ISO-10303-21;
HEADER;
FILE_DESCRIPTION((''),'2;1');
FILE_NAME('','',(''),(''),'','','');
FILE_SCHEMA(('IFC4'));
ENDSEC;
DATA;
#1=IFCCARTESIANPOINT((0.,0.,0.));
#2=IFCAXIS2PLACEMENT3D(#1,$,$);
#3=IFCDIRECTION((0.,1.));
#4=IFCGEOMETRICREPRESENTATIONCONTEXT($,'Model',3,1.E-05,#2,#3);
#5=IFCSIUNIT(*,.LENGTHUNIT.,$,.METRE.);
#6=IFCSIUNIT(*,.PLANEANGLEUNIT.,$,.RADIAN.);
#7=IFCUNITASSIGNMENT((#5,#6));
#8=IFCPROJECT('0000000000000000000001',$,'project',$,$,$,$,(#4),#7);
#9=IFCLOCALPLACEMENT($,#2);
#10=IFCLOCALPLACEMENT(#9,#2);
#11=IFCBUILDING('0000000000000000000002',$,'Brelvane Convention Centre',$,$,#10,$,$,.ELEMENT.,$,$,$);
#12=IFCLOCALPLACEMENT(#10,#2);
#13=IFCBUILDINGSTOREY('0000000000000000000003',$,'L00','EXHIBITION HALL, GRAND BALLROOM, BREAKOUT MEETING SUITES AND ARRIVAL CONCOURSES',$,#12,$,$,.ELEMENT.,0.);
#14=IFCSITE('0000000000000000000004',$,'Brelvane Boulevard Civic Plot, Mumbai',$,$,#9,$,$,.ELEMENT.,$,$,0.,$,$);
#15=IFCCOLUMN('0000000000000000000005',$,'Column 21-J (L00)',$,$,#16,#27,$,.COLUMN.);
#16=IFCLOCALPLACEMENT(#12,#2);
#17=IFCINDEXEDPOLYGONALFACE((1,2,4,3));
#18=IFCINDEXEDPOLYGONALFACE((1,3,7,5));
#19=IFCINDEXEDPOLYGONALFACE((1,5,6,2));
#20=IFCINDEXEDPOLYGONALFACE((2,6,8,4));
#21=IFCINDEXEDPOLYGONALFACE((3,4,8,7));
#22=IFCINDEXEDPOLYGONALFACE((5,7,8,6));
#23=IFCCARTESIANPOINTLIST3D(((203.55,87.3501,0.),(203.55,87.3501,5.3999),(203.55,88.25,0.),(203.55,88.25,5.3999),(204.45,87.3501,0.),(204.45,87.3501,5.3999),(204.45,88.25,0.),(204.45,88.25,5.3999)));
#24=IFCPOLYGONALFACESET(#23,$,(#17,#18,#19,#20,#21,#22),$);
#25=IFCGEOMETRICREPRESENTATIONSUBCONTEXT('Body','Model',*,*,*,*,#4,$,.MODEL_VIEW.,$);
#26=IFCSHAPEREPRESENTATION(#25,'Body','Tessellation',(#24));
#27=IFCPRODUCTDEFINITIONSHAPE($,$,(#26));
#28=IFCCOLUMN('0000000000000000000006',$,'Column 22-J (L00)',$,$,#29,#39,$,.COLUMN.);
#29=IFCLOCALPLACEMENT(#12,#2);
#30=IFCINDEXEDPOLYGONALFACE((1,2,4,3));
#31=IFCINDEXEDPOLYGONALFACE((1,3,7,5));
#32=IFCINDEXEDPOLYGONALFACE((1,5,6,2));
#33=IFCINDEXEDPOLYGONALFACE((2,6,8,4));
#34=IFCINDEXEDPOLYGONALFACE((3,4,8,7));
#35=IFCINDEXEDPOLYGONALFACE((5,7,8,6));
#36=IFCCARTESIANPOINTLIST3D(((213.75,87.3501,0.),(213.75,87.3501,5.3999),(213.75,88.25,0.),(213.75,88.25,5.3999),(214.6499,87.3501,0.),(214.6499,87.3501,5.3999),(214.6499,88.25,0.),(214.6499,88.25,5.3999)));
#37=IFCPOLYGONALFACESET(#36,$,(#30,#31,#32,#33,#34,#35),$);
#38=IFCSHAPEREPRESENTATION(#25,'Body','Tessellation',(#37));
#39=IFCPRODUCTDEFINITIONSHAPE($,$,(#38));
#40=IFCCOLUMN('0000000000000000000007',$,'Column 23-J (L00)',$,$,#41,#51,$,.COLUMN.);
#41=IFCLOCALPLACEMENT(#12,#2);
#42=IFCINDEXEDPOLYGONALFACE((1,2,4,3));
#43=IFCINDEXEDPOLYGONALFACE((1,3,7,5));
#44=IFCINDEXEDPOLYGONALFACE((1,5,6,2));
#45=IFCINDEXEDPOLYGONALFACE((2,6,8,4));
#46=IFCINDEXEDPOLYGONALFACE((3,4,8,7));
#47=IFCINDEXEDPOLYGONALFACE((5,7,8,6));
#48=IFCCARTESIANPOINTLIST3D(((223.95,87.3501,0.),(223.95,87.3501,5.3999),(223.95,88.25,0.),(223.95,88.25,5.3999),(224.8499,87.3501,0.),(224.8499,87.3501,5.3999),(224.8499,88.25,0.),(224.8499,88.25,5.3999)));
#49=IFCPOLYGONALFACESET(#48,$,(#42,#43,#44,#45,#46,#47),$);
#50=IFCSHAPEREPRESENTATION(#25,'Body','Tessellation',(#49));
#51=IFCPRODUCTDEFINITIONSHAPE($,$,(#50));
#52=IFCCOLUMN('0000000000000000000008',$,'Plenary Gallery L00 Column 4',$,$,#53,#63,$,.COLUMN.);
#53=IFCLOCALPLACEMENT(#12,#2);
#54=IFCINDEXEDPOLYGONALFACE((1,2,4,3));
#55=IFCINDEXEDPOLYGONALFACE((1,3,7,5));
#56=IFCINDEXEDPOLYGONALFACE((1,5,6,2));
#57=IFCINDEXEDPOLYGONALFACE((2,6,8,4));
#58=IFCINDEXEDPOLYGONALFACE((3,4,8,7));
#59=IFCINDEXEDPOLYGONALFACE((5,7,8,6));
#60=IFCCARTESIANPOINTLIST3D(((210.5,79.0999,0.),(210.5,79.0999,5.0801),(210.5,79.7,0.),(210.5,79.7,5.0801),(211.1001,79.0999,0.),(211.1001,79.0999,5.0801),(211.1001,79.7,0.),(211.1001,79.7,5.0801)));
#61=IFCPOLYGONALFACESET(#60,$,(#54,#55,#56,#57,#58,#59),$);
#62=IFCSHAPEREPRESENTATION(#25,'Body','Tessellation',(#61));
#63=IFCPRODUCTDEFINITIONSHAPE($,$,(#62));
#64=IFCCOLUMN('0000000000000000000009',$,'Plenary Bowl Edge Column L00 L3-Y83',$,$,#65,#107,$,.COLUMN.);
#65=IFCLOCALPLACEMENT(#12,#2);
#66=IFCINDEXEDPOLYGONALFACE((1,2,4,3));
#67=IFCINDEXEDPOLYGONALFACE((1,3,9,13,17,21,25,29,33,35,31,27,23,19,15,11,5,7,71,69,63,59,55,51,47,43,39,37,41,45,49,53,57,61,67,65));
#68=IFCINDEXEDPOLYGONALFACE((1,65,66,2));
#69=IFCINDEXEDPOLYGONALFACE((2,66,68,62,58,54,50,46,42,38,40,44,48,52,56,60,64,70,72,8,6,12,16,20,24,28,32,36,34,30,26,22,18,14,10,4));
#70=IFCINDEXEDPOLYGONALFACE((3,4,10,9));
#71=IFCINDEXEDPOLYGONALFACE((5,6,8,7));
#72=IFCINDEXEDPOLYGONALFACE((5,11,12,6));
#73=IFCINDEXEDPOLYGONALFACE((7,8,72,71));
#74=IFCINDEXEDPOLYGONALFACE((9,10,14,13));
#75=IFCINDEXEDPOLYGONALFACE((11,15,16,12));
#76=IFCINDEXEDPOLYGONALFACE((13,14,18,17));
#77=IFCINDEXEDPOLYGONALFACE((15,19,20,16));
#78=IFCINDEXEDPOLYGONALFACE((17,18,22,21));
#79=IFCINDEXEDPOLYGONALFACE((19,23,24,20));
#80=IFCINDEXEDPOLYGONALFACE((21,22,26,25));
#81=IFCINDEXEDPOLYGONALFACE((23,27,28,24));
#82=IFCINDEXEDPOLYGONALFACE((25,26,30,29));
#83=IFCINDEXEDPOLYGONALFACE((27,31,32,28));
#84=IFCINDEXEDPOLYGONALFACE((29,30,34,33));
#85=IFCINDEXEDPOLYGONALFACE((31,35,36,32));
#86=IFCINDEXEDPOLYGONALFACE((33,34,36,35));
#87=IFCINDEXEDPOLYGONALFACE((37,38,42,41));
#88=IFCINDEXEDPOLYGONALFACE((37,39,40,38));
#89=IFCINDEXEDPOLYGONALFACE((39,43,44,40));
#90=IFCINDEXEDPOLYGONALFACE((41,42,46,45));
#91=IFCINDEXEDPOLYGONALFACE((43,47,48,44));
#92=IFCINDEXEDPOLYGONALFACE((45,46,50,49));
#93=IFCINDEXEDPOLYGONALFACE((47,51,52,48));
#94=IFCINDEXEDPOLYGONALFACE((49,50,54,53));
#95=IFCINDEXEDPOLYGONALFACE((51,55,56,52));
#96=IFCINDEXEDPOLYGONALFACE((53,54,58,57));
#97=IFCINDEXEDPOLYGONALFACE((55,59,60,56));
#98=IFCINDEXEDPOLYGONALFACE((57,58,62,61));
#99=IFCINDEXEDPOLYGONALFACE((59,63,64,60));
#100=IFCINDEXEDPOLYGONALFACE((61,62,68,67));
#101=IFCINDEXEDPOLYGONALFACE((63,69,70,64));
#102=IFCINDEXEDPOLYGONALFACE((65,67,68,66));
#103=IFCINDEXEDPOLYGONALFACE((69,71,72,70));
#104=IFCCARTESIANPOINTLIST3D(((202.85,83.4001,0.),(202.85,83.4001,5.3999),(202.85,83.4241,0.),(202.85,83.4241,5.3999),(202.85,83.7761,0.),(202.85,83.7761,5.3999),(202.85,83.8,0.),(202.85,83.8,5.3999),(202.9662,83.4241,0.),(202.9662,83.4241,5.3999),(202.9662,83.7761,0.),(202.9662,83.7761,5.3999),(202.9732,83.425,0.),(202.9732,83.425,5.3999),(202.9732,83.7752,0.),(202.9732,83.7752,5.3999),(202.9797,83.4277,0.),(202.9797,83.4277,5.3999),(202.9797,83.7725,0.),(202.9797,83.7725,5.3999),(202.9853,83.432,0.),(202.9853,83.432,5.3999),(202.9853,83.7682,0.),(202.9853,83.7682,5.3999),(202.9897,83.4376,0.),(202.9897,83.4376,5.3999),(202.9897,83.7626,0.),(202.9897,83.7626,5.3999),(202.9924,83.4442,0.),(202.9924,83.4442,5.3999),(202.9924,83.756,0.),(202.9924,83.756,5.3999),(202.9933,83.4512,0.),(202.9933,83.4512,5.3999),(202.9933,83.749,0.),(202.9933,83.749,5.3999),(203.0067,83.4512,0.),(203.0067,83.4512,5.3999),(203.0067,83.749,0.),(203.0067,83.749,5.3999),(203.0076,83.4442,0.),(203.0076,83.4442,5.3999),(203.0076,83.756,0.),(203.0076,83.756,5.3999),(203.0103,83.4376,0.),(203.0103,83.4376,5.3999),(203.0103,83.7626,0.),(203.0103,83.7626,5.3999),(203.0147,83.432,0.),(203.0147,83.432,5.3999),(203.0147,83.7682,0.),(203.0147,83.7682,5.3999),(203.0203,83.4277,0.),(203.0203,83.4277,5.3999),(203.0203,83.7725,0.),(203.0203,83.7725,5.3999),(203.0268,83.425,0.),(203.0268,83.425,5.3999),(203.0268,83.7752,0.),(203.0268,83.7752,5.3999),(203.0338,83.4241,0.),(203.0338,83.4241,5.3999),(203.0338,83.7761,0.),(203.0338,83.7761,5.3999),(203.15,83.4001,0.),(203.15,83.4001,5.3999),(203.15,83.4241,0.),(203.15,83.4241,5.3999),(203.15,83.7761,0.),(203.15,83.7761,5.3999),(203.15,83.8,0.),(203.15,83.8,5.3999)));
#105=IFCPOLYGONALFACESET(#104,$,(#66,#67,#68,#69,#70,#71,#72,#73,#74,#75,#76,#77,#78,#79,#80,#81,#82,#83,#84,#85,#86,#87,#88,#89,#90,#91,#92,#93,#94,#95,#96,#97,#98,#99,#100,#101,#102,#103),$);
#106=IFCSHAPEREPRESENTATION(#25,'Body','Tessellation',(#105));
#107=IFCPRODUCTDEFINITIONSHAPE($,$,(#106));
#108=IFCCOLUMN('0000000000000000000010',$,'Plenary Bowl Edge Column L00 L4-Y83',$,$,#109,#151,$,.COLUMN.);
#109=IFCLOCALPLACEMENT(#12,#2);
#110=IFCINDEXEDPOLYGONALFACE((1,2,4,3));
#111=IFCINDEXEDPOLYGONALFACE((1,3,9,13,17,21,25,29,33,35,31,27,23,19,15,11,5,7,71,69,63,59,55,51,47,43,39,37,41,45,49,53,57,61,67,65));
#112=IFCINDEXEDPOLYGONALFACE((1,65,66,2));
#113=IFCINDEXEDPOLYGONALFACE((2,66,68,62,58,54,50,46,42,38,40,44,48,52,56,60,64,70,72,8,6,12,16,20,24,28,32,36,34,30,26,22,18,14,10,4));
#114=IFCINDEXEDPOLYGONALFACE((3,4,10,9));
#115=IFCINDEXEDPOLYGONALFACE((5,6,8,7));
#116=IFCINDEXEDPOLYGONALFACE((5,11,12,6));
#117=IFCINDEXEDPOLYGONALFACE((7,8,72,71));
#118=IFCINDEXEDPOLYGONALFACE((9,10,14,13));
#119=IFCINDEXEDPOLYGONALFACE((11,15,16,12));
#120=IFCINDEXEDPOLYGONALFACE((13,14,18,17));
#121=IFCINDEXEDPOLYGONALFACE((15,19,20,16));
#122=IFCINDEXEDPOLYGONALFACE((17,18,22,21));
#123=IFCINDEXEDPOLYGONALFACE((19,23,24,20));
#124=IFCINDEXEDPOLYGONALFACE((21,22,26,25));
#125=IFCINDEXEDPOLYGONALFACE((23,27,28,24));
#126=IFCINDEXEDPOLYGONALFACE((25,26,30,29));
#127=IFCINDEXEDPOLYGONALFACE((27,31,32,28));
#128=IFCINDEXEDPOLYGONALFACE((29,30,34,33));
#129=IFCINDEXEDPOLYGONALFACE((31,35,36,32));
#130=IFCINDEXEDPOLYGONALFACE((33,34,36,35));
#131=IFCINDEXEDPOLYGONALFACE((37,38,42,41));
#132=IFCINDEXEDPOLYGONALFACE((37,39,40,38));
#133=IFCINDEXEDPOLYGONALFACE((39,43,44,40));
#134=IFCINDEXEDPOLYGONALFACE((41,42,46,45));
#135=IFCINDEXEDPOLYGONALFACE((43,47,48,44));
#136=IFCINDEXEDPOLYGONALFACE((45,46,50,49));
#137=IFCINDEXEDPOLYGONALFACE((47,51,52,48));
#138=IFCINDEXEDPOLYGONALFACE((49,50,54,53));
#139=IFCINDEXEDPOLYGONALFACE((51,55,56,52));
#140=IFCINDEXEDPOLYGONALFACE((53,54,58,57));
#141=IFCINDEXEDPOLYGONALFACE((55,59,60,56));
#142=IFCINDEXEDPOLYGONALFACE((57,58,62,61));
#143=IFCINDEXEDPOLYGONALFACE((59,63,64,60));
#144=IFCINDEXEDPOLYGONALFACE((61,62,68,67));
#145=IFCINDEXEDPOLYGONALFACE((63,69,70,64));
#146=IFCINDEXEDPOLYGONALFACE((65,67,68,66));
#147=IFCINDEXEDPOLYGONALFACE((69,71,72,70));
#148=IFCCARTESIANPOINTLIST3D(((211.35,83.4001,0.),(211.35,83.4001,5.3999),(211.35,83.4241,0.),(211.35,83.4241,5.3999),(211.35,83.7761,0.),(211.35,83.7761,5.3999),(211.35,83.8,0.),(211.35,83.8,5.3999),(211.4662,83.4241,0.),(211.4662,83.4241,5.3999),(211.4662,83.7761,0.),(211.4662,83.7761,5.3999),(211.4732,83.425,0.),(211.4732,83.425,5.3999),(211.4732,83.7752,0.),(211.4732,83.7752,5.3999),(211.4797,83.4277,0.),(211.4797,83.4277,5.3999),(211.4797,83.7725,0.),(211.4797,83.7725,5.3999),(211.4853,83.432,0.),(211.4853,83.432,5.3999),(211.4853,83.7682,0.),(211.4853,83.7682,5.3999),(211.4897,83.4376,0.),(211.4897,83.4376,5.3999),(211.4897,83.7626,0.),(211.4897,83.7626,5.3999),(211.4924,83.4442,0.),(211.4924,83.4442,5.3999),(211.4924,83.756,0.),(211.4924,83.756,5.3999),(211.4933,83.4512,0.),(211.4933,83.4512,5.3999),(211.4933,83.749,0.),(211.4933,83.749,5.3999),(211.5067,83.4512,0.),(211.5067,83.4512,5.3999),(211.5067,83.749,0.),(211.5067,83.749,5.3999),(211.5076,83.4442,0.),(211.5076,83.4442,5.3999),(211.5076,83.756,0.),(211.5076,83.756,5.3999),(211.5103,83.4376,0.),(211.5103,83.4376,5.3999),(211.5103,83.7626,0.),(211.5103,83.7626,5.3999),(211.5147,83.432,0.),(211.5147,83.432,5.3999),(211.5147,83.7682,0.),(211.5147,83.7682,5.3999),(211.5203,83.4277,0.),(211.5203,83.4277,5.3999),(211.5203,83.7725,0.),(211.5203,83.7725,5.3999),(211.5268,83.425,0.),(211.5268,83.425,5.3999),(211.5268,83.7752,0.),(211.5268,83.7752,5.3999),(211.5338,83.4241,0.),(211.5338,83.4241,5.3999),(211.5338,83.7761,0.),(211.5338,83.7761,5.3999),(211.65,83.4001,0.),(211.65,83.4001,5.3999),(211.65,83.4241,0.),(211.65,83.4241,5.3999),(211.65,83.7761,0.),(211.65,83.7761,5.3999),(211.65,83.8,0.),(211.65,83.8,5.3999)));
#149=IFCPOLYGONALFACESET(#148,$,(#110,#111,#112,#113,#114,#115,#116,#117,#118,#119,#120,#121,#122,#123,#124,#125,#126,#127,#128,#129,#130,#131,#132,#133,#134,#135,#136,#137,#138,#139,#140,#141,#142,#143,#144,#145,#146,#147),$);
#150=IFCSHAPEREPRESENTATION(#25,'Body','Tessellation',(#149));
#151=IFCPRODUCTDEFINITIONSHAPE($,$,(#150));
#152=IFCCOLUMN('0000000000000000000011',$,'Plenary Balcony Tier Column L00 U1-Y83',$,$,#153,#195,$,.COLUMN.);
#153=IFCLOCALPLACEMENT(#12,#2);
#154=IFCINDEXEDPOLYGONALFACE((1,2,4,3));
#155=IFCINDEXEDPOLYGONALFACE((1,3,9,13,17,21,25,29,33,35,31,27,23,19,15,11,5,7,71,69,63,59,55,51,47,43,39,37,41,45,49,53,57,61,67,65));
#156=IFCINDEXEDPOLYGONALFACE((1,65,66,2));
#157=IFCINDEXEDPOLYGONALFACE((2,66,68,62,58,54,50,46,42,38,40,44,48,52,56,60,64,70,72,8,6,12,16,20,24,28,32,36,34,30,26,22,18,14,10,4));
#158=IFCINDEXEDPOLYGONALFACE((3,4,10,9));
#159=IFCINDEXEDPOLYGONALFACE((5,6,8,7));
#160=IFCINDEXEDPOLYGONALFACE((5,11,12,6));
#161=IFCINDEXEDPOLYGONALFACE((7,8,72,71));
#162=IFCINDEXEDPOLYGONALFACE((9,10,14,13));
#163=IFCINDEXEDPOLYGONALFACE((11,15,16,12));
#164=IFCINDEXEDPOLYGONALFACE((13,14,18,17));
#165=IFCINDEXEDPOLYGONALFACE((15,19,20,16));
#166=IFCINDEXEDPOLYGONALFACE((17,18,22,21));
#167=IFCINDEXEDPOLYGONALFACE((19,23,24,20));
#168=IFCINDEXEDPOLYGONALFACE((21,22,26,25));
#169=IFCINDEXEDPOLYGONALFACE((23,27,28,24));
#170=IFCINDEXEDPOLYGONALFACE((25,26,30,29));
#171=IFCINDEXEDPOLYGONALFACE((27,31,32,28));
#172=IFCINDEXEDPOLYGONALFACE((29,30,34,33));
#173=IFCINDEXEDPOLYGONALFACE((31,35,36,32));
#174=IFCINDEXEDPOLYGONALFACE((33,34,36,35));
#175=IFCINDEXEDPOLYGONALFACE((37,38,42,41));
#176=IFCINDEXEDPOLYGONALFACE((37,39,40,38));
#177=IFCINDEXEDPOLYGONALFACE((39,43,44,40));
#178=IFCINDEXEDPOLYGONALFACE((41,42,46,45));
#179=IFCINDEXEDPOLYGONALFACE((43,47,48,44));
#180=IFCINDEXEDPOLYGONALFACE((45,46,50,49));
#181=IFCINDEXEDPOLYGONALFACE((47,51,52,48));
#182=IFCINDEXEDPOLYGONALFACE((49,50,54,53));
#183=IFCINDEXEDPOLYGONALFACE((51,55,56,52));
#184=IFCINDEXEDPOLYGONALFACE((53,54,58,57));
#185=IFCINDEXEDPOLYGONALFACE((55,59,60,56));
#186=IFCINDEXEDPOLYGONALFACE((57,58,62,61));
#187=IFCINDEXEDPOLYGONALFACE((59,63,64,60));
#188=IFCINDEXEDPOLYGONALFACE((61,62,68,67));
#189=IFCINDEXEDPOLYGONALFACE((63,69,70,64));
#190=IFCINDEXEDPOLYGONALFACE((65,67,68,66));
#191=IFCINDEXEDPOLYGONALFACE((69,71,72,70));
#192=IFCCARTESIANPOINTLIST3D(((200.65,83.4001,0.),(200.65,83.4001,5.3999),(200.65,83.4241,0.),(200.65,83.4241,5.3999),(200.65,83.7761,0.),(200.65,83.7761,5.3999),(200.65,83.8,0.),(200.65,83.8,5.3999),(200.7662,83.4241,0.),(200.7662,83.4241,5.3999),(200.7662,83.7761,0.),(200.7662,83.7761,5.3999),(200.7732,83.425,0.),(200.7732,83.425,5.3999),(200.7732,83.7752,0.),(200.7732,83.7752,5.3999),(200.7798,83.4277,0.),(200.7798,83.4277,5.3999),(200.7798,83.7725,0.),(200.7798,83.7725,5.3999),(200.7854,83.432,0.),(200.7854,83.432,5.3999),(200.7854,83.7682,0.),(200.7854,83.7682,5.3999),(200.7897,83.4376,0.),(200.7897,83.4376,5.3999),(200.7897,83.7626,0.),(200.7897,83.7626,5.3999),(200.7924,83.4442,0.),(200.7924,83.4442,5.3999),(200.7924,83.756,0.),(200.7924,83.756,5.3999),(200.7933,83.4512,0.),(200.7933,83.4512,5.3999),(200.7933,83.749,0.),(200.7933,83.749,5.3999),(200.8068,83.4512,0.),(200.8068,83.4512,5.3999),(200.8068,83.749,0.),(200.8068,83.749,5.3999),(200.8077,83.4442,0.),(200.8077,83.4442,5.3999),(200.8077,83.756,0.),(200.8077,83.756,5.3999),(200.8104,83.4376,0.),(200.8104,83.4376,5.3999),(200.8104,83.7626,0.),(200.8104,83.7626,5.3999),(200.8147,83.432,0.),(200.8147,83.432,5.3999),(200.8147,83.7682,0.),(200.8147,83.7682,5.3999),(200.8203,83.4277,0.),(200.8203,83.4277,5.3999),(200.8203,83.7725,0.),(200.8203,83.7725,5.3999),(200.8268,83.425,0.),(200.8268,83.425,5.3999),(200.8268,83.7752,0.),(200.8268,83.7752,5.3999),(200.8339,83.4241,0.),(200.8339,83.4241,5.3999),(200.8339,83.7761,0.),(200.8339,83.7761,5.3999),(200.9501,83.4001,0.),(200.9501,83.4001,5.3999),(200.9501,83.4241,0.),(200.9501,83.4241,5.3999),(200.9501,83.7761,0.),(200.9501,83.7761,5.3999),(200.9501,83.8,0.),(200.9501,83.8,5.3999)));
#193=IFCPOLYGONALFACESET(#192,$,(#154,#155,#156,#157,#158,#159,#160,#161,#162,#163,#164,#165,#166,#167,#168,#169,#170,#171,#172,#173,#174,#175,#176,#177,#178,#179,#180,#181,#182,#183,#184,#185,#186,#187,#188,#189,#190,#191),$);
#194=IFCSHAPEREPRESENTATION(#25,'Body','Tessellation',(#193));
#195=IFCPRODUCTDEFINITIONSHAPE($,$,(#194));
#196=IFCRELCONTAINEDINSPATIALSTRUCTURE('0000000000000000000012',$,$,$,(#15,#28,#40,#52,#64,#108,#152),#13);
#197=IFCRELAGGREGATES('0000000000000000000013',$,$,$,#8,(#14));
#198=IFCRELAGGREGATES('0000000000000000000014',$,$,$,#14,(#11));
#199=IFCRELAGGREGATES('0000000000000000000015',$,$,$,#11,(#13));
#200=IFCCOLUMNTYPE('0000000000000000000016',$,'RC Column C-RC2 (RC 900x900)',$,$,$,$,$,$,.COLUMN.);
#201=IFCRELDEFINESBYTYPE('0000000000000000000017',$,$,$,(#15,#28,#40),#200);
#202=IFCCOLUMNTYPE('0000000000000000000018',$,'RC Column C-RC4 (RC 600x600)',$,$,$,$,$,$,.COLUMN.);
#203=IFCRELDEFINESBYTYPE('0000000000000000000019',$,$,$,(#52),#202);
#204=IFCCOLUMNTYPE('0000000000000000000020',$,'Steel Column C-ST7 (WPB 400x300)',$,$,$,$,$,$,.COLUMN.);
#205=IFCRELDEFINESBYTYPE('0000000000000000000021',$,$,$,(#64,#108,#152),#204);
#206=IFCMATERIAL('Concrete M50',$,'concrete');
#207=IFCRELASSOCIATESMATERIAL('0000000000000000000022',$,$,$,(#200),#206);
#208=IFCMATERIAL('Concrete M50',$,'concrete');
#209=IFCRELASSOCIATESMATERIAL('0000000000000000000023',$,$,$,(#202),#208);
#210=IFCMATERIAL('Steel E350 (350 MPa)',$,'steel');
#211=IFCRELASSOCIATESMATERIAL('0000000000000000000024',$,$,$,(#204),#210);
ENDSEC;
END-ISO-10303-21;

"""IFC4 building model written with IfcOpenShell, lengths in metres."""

from ifc_helpers import new_model, si_unit, direction, frame, origin, origin_2d, place, context, subcontext, project, spatial, rectangle, i_section, extrude, material, material_profile, profile_set, type_object, element, save


model = new_model("IFC4")

# Units and contexts
model_context = context("Model", 3, precision=1e-05, world=origin(), true_north=direction((0.0, 1.0)))
body_context = subcontext(model_context, "Body", "Model", "MODEL_VIEW")
ifc_project = project(units=[si_unit("LENGTHUNIT", "METRE"), si_unit("PLANEANGLEUNIT", "RADIAN")], contexts=[model_context])

# Site, building, storey
site_placement = place(None, origin())
site = spatial("IfcSite", under=ifc_project, at=site_placement, Name="Brelvane Boulevard Civic Plot, Mumbai", CompositionType="ELEMENT", RefElevation=0.0)
building_placement = place(site_placement, origin())
building = spatial("IfcBuilding", under=site, at=building_placement, Name="Brelvane Convention Centre", CompositionType="ELEMENT")
storey_placement = place(building_placement, origin())
storey = spatial("IfcBuildingStorey", under=building, at=storey_placement, Name="L00", Description="EXHIBITION HALL, GRAND BALLROOM, BREAKOUT MEETING SUITES AND ARRIVAL CONCOURSES", CompositionType="ELEMENT", Elevation=0.0)

# Columns
ifc_material_1 = material(Name="Concrete M50", Category="concrete")
ifc_material_profile_1 = material_profile(ifc_material_1, rectangle(XDim=0.8999, YDim=0.8999, at=origin_2d()), Name="RC 900x900")
ifc_profile_set_1 = profile_set([ifc_material_profile_1], Name="Concrete M50")
column_type_1 = type_object("IfcColumnType", Name="RC Column C-RC2 (RC 900x900)", PredefinedType="COLUMN", material=ifc_profile_set_1)
for number, where, z_axis, x_axis, name in (
    (1, (204.0, 87.8, 0.0), (0.0, 0.0, 1.0), (1.0, 0.0, 0.0), "Column 21-J (L00)"),
    (2, (214.2, 87.8, 0.0), (0.0, 0.0, 1.0), (1.0, 0.0, 0.0), "Column 22-J (L00)"),
    (3, (224.3999, 87.8, 0.0), (0.0, 0.0, 1.0), (1.0, 0.0, 0.0), "Column 23-J (L00)"),
):
    element("IfcColumn", number, at=place(storey_placement, frame(where, z_axis=z_axis, x_axis=x_axis)), inside=storey, type_object=column_type_1, Name=name, PredefinedType="COLUMN", context=body_context, shape_type="SweptSolid", body=[
        extrude(rectangle(XDim=0.8999, YDim=0.8999, at=origin_2d()), origin(), (0.0, 0.0, 1.0), 5.3999),
    ])
ifc_material_2 = material(Name="Concrete M50", Category="concrete")
ifc_material_profile_2 = material_profile(ifc_material_2, rectangle(XDim=0.6001, YDim=0.6001, at=origin_2d()), Name="RC 600x600")
ifc_profile_set_2 = profile_set([ifc_material_profile_2], Name="Concrete M50")
column_type_2 = type_object("IfcColumnType", Name="RC Column C-RC4 (RC 600x600)", PredefinedType="COLUMN", material=ifc_profile_set_2)
column_placement = place(storey_placement, frame((210.8, 79.3999, 0.0), z_axis=(0.0, 0.0, 1.0), x_axis=(1.0, 0.0, 0.0)))
element("IfcColumn", 4, at=column_placement, inside=storey, type_object=column_type_2, Name="Plenary Gallery L00 Column 4", PredefinedType="COLUMN", context=body_context, shape_type="SweptSolid", body=[
    extrude(rectangle(XDim=0.6001, YDim=0.6001, at=origin_2d()), origin(), (0.0, 0.0, 1.0), 5.0801),
])
ifc_material_3 = material(Name="Steel E350 (350 MPa)", Category="steel")
ifc_material_profile_3 = material_profile(ifc_material_3, i_section(OverallWidth=0.3, OverallDepth=0.3999, WebThickness=0.0134, FlangeThickness=0.0239, FilletRadius=0.0271, at=origin_2d()), Name="WPB 400x300")
ifc_profile_set_3 = profile_set([ifc_material_profile_3], Name="Steel E350 (350 MPa)")
column_type_3 = type_object("IfcColumnType", Name="Steel Column C-ST7 (WPB 400x300)", PredefinedType="COLUMN", material=ifc_profile_set_3)
for number, where, z_axis, x_axis, name in (
    (5, (203.0, 83.6001, 0.0), (0.0, 0.0, 1.0), (1.0, 0.0, 0.0), "Plenary Bowl Edge Column L00 L3-Y83"),
    (6, (211.5, 83.6001, 0.0), (0.0, 0.0, 1.0), (1.0, 0.0, 0.0), "Plenary Bowl Edge Column L00 L4-Y83"),
    (7, (200.8, 83.6001, 0.0), (0.0, 0.0, 1.0), (1.0, 0.0, 0.0), "Plenary Balcony Tier Column L00 U1-Y83"),
):
    element("IfcColumn", number, at=place(storey_placement, frame(where, z_axis=z_axis, x_axis=x_axis)), inside=storey, type_object=column_type_3, Name=name, PredefinedType="COLUMN", context=body_context, shape_type="SweptSolid", body=[
        extrude(i_section(OverallWidth=0.3, OverallDepth=0.3999, WebThickness=0.0134, FlangeThickness=0.0239, FilletRadius=0.0271, at=origin_2d()), origin(), (0.0, 0.0, 1.0), 5.3999),
    ])

save(model, "model.ifc")
